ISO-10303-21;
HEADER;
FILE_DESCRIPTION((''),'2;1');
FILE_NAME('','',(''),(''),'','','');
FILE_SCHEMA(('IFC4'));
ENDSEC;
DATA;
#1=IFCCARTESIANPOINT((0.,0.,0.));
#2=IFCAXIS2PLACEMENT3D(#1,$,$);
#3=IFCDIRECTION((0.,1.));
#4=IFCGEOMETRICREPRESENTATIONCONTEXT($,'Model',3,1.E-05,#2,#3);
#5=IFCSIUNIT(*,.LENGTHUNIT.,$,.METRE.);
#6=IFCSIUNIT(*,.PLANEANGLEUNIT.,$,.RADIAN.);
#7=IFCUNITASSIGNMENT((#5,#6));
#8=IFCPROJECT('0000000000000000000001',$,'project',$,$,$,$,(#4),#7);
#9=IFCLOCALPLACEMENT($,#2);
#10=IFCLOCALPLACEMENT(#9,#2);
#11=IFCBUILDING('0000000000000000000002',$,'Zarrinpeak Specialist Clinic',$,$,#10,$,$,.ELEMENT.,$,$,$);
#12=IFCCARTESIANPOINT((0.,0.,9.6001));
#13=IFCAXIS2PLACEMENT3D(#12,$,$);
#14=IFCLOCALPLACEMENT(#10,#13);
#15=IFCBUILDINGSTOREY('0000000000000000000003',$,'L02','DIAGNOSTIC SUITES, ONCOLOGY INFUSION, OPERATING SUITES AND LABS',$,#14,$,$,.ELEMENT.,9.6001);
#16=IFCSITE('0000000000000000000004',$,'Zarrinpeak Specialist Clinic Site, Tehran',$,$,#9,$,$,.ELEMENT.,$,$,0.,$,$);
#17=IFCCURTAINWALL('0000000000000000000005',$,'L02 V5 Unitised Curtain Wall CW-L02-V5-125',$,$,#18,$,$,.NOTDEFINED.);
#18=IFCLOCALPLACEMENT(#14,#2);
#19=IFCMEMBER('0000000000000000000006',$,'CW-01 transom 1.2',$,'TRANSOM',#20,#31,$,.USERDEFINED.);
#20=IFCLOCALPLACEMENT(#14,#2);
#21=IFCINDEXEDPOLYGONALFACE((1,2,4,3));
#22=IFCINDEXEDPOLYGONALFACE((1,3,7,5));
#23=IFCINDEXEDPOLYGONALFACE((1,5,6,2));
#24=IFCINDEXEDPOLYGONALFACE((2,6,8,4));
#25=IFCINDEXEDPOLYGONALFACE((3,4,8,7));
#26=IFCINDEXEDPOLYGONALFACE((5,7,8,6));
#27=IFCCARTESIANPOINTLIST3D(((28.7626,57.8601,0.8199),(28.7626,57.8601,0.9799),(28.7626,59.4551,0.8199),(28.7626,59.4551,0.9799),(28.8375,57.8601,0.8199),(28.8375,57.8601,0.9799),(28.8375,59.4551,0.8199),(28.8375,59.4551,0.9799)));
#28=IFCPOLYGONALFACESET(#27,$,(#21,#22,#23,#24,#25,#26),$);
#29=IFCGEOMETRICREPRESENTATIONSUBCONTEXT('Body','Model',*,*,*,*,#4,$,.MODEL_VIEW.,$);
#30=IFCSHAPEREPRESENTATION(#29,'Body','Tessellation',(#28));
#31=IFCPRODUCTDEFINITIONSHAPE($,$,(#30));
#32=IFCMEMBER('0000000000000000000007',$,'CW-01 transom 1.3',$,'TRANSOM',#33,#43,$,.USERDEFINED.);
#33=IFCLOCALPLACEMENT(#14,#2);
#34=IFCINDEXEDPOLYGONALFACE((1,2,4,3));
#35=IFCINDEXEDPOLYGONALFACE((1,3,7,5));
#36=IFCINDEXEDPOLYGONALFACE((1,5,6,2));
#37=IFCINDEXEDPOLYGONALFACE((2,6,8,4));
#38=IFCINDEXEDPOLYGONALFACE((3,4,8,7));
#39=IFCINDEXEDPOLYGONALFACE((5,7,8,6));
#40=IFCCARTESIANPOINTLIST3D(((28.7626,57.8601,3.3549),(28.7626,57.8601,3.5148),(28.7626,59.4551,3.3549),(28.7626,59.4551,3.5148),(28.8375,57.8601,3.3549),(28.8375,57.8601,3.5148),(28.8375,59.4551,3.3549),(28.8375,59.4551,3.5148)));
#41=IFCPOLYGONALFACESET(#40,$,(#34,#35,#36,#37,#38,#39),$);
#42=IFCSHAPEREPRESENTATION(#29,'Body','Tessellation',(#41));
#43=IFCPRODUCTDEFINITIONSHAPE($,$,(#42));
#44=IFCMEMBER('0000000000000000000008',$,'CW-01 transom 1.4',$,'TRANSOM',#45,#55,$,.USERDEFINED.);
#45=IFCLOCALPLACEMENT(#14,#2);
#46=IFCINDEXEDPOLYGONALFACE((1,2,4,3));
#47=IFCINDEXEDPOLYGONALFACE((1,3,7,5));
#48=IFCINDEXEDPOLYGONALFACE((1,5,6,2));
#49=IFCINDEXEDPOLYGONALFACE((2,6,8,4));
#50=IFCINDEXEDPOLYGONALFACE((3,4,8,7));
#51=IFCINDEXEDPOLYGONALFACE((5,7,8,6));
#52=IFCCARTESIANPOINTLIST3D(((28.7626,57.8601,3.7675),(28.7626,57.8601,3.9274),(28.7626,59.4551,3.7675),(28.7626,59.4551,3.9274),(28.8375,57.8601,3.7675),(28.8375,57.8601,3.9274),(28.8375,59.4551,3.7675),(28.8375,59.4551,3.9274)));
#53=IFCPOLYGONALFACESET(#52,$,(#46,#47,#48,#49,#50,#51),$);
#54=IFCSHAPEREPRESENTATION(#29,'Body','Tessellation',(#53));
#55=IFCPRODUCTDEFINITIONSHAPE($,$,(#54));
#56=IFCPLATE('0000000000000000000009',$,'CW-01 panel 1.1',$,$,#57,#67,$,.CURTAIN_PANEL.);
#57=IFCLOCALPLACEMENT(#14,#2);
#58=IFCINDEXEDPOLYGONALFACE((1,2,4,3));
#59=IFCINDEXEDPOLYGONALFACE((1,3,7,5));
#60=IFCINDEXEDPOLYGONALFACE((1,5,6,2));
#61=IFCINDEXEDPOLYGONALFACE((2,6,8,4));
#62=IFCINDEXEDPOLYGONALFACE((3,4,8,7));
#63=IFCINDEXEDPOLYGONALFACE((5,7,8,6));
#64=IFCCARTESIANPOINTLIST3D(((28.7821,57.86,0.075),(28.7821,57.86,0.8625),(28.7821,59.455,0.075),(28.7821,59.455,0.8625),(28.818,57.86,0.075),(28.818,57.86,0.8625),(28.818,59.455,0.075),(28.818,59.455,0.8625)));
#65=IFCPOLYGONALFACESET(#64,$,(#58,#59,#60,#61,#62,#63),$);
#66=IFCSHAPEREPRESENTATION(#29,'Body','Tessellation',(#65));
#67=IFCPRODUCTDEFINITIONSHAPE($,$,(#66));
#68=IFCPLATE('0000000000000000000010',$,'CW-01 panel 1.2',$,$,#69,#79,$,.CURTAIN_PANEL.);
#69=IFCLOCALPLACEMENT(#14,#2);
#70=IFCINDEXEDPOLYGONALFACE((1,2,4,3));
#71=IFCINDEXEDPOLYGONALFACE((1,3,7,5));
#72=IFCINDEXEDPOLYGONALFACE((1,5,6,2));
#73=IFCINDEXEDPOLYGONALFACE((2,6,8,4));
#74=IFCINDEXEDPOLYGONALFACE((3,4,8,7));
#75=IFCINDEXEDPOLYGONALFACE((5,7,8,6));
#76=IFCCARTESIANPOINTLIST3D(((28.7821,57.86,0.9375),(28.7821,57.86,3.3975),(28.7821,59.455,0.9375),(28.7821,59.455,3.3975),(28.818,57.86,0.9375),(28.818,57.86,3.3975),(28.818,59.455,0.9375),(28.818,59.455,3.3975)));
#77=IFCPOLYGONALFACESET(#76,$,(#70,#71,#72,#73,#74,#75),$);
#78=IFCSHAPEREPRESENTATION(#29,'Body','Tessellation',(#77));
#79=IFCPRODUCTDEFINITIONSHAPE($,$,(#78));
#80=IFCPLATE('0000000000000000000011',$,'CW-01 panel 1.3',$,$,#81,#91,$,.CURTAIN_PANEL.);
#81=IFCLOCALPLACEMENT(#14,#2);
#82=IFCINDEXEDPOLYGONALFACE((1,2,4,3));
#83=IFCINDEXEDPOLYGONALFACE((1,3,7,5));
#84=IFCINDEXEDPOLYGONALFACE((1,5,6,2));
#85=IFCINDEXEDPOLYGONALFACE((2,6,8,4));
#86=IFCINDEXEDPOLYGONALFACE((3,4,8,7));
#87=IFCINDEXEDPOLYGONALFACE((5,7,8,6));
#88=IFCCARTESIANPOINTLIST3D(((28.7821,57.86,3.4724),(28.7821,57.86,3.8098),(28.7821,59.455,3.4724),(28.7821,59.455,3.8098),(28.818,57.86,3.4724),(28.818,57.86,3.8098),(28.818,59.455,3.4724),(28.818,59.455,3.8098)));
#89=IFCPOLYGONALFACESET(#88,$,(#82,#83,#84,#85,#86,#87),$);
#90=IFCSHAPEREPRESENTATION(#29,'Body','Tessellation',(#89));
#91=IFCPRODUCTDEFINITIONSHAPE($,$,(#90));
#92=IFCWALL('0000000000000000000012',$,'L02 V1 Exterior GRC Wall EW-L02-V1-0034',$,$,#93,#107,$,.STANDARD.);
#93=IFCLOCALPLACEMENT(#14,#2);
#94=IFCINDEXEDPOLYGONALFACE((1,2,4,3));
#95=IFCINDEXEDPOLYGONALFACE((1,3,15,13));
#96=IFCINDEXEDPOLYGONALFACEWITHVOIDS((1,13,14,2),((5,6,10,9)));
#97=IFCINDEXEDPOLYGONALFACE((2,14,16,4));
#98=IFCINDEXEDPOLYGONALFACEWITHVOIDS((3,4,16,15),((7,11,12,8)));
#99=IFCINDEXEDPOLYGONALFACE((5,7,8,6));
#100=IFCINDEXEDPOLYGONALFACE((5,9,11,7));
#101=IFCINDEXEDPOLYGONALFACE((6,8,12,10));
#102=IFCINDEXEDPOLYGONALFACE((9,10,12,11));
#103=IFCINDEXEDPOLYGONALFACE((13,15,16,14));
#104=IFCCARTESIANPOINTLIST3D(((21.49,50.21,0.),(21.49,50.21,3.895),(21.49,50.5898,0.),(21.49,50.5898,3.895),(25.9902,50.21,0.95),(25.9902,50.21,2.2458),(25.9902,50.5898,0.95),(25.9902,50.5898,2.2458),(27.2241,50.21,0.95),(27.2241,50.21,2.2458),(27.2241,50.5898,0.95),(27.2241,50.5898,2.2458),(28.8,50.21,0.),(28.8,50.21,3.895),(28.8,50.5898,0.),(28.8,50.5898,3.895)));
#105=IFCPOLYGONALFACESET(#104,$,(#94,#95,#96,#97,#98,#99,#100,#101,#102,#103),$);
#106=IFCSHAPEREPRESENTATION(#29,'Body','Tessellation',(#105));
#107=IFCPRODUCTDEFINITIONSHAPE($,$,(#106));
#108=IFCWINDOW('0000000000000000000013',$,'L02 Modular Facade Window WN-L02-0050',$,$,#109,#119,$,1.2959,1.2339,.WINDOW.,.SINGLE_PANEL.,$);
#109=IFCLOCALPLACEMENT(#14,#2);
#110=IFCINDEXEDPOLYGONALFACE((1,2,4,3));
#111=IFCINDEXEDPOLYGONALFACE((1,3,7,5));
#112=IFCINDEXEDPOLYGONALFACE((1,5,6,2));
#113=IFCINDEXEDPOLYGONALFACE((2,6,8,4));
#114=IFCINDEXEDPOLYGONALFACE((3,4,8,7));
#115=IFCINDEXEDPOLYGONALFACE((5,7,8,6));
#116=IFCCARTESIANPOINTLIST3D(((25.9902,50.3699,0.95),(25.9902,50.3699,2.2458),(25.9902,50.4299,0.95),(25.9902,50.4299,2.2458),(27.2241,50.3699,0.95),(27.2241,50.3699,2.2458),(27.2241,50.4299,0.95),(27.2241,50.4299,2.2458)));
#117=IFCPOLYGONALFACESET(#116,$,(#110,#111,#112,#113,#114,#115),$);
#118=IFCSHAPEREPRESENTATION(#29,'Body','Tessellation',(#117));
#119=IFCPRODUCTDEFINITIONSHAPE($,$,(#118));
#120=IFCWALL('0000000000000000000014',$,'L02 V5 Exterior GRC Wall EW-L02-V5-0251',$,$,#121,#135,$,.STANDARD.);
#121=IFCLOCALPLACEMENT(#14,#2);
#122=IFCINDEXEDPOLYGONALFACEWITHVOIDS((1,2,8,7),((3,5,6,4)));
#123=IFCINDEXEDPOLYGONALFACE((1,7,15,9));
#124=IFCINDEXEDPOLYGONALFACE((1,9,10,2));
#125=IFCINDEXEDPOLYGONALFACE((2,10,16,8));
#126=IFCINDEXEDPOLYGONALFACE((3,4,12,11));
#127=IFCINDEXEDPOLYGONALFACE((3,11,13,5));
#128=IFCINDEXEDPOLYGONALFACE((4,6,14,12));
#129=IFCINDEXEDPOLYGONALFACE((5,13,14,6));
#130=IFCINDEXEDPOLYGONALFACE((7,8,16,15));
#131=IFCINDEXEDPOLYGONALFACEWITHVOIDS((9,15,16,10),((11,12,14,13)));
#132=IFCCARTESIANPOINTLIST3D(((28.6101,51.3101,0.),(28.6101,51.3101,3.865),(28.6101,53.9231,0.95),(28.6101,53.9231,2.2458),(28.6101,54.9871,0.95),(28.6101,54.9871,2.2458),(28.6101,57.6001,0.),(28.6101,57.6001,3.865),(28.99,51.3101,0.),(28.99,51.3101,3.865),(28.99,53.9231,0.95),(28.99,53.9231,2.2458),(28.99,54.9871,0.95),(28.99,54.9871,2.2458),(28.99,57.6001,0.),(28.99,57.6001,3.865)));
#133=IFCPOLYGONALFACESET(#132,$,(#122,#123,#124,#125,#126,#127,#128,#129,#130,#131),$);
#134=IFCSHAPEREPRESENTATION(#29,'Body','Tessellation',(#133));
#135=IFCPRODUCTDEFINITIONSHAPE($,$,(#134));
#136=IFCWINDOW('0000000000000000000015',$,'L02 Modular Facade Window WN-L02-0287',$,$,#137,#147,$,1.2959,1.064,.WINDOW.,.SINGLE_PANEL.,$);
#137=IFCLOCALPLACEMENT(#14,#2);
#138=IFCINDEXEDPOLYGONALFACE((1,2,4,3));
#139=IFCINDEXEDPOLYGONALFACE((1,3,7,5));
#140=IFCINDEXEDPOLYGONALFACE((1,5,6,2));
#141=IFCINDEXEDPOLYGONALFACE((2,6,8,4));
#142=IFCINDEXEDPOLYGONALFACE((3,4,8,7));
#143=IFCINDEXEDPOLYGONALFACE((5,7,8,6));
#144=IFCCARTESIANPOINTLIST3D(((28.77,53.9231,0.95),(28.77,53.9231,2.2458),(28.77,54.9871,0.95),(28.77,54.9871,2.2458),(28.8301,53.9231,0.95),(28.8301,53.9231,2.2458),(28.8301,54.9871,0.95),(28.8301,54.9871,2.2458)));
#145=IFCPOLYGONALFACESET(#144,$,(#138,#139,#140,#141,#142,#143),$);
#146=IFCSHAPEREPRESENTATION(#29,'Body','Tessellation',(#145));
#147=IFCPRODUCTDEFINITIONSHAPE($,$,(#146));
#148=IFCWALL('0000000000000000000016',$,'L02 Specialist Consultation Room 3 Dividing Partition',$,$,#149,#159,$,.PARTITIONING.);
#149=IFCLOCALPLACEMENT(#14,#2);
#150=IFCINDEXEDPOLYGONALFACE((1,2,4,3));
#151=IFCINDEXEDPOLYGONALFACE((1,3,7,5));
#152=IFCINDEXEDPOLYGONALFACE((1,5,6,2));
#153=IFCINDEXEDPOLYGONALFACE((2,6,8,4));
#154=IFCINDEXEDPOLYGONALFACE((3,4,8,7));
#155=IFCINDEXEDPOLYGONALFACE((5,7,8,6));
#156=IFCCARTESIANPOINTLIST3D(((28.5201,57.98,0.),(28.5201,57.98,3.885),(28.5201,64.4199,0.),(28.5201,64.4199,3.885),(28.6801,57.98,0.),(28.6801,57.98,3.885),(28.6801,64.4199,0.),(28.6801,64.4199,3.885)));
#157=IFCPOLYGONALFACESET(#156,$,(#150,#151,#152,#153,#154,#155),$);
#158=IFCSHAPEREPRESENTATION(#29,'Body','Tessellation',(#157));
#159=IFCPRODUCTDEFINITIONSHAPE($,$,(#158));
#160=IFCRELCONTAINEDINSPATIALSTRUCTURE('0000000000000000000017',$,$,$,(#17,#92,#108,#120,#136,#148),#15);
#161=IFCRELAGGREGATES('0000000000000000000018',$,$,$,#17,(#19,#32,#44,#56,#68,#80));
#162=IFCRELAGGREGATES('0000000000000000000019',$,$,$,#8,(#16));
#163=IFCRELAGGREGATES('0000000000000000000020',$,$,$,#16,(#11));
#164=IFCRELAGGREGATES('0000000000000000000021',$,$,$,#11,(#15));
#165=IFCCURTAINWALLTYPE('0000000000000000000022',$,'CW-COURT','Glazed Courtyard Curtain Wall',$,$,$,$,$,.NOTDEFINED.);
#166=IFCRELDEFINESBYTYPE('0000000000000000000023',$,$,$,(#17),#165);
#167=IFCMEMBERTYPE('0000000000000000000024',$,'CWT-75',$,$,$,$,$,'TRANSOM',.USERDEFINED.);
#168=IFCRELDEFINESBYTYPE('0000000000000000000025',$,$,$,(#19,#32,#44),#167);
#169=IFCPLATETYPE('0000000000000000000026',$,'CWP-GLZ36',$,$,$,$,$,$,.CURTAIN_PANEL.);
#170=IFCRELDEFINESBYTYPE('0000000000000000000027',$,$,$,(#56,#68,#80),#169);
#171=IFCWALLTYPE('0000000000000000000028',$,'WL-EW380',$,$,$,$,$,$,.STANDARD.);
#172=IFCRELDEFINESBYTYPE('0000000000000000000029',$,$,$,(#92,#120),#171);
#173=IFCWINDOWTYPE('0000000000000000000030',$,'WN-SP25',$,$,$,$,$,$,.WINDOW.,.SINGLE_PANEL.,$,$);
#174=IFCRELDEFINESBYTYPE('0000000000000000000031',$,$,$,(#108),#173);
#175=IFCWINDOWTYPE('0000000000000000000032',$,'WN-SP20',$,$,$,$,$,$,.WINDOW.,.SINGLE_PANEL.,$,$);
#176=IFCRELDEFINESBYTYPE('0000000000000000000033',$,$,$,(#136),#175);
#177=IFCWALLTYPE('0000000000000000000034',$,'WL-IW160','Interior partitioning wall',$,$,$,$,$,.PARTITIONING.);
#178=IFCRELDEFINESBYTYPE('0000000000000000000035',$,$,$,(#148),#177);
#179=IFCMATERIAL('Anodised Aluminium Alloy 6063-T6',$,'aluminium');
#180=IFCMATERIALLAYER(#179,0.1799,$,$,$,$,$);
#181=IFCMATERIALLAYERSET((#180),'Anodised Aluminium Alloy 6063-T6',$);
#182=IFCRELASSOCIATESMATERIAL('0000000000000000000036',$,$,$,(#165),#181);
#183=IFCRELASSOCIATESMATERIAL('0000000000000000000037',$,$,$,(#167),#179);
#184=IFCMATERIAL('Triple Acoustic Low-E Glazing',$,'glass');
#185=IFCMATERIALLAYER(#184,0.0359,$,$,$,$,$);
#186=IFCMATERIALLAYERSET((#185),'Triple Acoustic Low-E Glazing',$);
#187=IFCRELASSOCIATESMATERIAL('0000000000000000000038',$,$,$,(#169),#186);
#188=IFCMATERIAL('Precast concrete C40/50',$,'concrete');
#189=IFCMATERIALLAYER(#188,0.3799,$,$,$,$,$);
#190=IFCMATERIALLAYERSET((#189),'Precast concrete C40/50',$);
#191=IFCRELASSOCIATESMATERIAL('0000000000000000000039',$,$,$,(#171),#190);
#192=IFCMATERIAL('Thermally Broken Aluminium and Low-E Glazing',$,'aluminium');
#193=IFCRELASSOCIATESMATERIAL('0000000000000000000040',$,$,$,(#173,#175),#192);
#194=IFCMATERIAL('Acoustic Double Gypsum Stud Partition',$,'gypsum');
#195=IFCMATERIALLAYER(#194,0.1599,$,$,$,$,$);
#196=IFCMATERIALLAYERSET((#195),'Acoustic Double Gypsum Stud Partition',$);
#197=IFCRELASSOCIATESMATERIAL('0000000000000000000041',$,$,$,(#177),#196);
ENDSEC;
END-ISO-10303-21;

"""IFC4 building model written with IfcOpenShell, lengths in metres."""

from ifc_helpers import new_model, si_unit, direction, frame, frame_2d, origin, origin_2d, place, context, subcontext, project, spatial, rectangle, extrude, material, layer, layer_set, material_profile, profile_set, type_object, element, fill, aggregate, save


model = new_model("IFC4")

# Units and contexts
model_context = context("Model", 3, precision=1e-05, world=origin(), true_north=direction((0.0, 1.0)))
body_context = subcontext(model_context, "Body", "Model", "MODEL_VIEW")
ifc_project = project(units=[si_unit("LENGTHUNIT", "METRE"), si_unit("PLANEANGLEUNIT", "RADIAN")], contexts=[model_context])

# Site, building, storey
site_placement = place(None, origin())
site = spatial("IfcSite", under=ifc_project, at=site_placement, Name="Zarrinpeak Specialist Clinic Site, Tehran", CompositionType="ELEMENT", RefElevation=0.0)
building_placement = place(site_placement, origin())
building = spatial("IfcBuilding", under=site, at=building_placement, Name="Zarrinpeak Specialist Clinic", CompositionType="ELEMENT")
storey_placement = place(building_placement, frame((0.0, 0.0, 9.6001)))
storey = spatial("IfcBuildingStorey", under=building, at=storey_placement, Name="L02", Description="DIAGNOSTIC SUITES, ONCOLOGY INFUSION, OPERATING SUITES AND LABS", CompositionType="ELEMENT", Elevation=9.6001)

# Curtain wall, members, plates
ifc_material_1 = material(Name="Anodised Aluminium Alloy 6063-T6", Category="aluminium")
ifc_layer_1 = layer(ifc_material_1, 0.1799)
ifc_layer_set_1 = layer_set([ifc_layer_1], Name="Anodised Aluminium Alloy 6063-T6")
curtain_wall_type = type_object("IfcCurtainWallType", Name="CW-COURT", Description="Glazed Courtyard Curtain Wall", PredefinedType="NOTDEFINED", material=ifc_layer_set_1)
curtain_wall_placement = place(storey_placement, origin())
curtain_wall = element("IfcCurtainWall", 1, at=curtain_wall_placement, inside=storey, type_object=curtain_wall_type, Name="L02 V5 Unitised Curtain Wall CW-L02-V5-125", PredefinedType="NOTDEFINED")
ifc_material_profile_1 = material_profile(ifc_material_1, rectangle(XDim=0.075, YDim=0.1599, at=origin_2d()), Name="ALU 75x160")
ifc_profile_set_1 = profile_set([ifc_material_profile_1], Name="Anodised Aluminium Alloy 6063-T6")
member_type_1 = type_object("IfcMemberType", Name="CWT-75", ElementType="TRANSOM", PredefinedType="USERDEFINED", material=ifc_profile_set_1)
member_1_placement = place(storey_placement, frame((28.8, 57.8601, 0.8999), z_axis=(0.0, 1.0, 0.0), x_axis=(-1.0, 0.0, 0.0)))
member_1 = element("IfcMember", 2, at=member_1_placement, type_object=member_type_1, Name="CW-01 transom 1.2", ObjectType="TRANSOM", PredefinedType="USERDEFINED", context=body_context, shape_type="SweptSolid", body=[
    extrude(rectangle(XDim=0.075, YDim=0.1599, at=origin_2d()), origin(), (0.0, 0.0, 1.0), 1.595),
])
member_2_placement = place(storey_placement, frame((28.8, 57.8601, 3.4348), z_axis=(0.0, 1.0, 0.0), x_axis=(-1.0, 0.0, 0.0)))
member_2 = element("IfcMember", 3, at=member_2_placement, type_object=member_type_1, Name="CW-01 transom 1.3", ObjectType="TRANSOM", PredefinedType="USERDEFINED", context=body_context, shape_type="SweptSolid", body=[
    extrude(rectangle(XDim=0.075, YDim=0.1599, at=origin_2d()), origin(), (0.0, 0.0, 1.0), 1.595),
])
member_3_placement = place(storey_placement, frame((28.8, 57.8601, 3.8474), z_axis=(0.0, 1.0, 0.0), x_axis=(-1.0, 0.0, 0.0)))
member_3 = element("IfcMember", 4, at=member_3_placement, type_object=member_type_1, Name="CW-01 transom 1.4", ObjectType="TRANSOM", PredefinedType="USERDEFINED", context=body_context, shape_type="SweptSolid", body=[
    extrude(rectangle(XDim=0.075, YDim=0.1599, at=origin_2d()), origin(), (0.0, 0.0, 1.0), 1.595),
])
ifc_material_2 = material(Name="Triple Acoustic Low-E Glazing", Category="glass")
ifc_layer_2 = layer(ifc_material_2, 0.0359)
ifc_layer_set_2 = layer_set([ifc_layer_2], Name="Triple Acoustic Low-E Glazing")
plate_type = type_object("IfcPlateType", Name="CWP-GLZ36", PredefinedType="CURTAIN_PANEL", material=ifc_layer_set_2)
plate_1_placement = place(storey_placement, frame((28.8, 58.6575, 0.075), z_axis=(0.0, 0.0, 1.0), x_axis=(0.0, 1.0, 0.0)))
plate_1 = element("IfcPlate", 5, at=plate_1_placement, type_object=plate_type, Name="CW-01 panel 1.1", PredefinedType="CURTAIN_PANEL", context=body_context, shape_type="SweptSolid", body=[
    extrude(rectangle(XDim=1.595, YDim=0.0359, at=origin_2d()), origin(), (0.0, 0.0, 1.0), 0.7876),
])
plate_2_placement = place(storey_placement, frame((28.8, 58.6575, 0.9375), z_axis=(0.0, 0.0, 1.0), x_axis=(0.0, 1.0, 0.0)))
plate_2 = element("IfcPlate", 6, at=plate_2_placement, type_object=plate_type, Name="CW-01 panel 1.2", PredefinedType="CURTAIN_PANEL", context=body_context, shape_type="SweptSolid", body=[
    extrude(rectangle(XDim=1.595, YDim=0.0359, at=origin_2d()), origin(), (0.0, 0.0, 1.0), 2.46),
])
plate_3_placement = place(storey_placement, frame((28.8, 58.6575, 3.4724), z_axis=(0.0, 0.0, 1.0), x_axis=(0.0, 1.0, 0.0)))
plate_3 = element("IfcPlate", 7, at=plate_3_placement, type_object=plate_type, Name="CW-01 panel 1.3", PredefinedType="CURTAIN_PANEL", context=body_context, shape_type="SweptSolid", body=[
    extrude(rectangle(XDim=1.595, YDim=0.0359, at=origin_2d()), origin(), (0.0, 0.0, 1.0), 0.3374),
])
aggregate(curtain_wall, [member_1, member_2, member_3, plate_1, plate_2, plate_3])

# Walls, openings, windows
ifc_material_3 = material(Name="Precast concrete C40/50", Category="concrete")
ifc_layer_3 = layer(ifc_material_3, 0.3799)
ifc_layer_set_3 = layer_set([ifc_layer_3], Name="Precast concrete C40/50")
wall_type_1 = type_object("IfcWallType", Name="WL-EW380", PredefinedType="STANDARD", material=ifc_layer_set_3)
wall_1_placement = place(storey_placement, frame((28.8, 50.3999, 0.0), z_axis=(0.0, 0.0, 1.0), x_axis=(-1.0, 0.0, 0.0)))
wall_1 = element("IfcWall", 8, at=wall_1_placement, inside=storey, type_object=wall_type_1, Name="L02 V1 Exterior GRC Wall EW-L02-V1-0034", PredefinedType="STANDARD", context=body_context, shape_type="SweptSolid", body=[
    extrude(rectangle(XDim=7.3101, YDim=0.3799, at=frame_2d((3.655, 0.0))), origin(), (0.0, 0.0, 1.0), 3.895),
])
opening_1_placement = place(wall_1_placement, frame((1.5759, 0.0, 0.95)))
opening_1 = element("IfcOpeningElement", 9, at=opening_1_placement, cuts=wall_1, PredefinedType="OPENING", context=body_context, shape_type="SweptSolid", body=[
    extrude(rectangle(XDim=1.2339, YDim=1.2959, at=frame_2d((0.6169, 0.6479))), frame((0.0, 0.2, 0.0), z_axis=(0.0, -1.0, 0.0), x_axis=(1.0, 0.0, 0.0)), (0.0, 0.0, 1.0), 0.3999),
])
ifc_material_4 = material(Name="Thermally Broken Aluminium and Low-E Glazing", Category="aluminium")
window_type_1 = type_object("IfcWindowType", Name="WN-SP25", PartitioningType="SINGLE_PANEL", PredefinedType="WINDOW", material=ifc_material_4)
window_1_placement = place(opening_1_placement, origin())
window_1 = element("IfcWindow", 10, at=window_1_placement, inside=storey, type_object=window_type_1, Name="L02 Modular Facade Window WN-L02-0050", OverallHeight=1.2959, OverallWidth=1.2339, PartitioningType="SINGLE_PANEL", PredefinedType="WINDOW", context=body_context, shape_type="SweptSolid", body=[
    extrude(rectangle(XDim=1.2339, YDim=1.2959, at=frame_2d((0.6169, 0.6479))), frame((0.0, 0.03, 0.0), z_axis=(0.0, -1.0, 0.0), x_axis=(1.0, 0.0, 0.0)), (0.0, 0.0, 1.0), 0.0601),
])
fill(opening_1, window_1)
wall_2_placement = place(storey_placement, frame((28.8, 51.3101, 0.0), z_axis=(0.0, 0.0, 1.0), x_axis=(0.0, 1.0, 0.0)))
wall_2 = element("IfcWall", 11, at=wall_2_placement, inside=storey, type_object=wall_type_1, Name="L02 V5 Exterior GRC Wall EW-L02-V5-0251", PredefinedType="STANDARD", context=body_context, shape_type="SweptSolid", body=[
    extrude(rectangle(XDim=6.29, YDim=0.3799, at=frame_2d((3.145, 0.0))), origin(), (0.0, 0.0, 1.0), 3.865),
])
opening_2_placement = place(wall_2_placement, frame((2.613, 0.0, 0.95)))
opening_2 = element("IfcOpeningElement", 12, at=opening_2_placement, cuts=wall_2, PredefinedType="OPENING", context=body_context, shape_type="SweptSolid", body=[
    extrude(rectangle(XDim=1.064, YDim=1.2959, at=frame_2d((0.532, 0.6479))), frame((0.0, 0.2, 0.0), z_axis=(0.0, -1.0, 0.0), x_axis=(1.0, 0.0, 0.0)), (0.0, 0.0, 1.0), 0.3999),
])
window_type_2 = type_object("IfcWindowType", Name="WN-SP20", PartitioningType="SINGLE_PANEL", PredefinedType="WINDOW", material=ifc_material_4)
window_2_placement = place(opening_2_placement, origin())
window_2 = element("IfcWindow", 13, at=window_2_placement, inside=storey, type_object=window_type_2, Name="L02 Modular Facade Window WN-L02-0287", OverallHeight=1.2959, OverallWidth=1.064, PartitioningType="SINGLE_PANEL", PredefinedType="WINDOW", context=body_context, shape_type="SweptSolid", body=[
    extrude(rectangle(XDim=1.064, YDim=1.2959, at=frame_2d((0.532, 0.6479))), frame((0.0, 0.03, 0.0), z_axis=(0.0, -1.0, 0.0), x_axis=(1.0, 0.0, 0.0)), (0.0, 0.0, 1.0), 0.0601),
])
fill(opening_2, window_2)

# Wall
ifc_material_5 = material(Name="Acoustic Double Gypsum Stud Partition", Category="gypsum")
ifc_layer_4 = layer(ifc_material_5, 0.1599)
ifc_layer_set_4 = layer_set([ifc_layer_4], Name="Acoustic Double Gypsum Stud Partition")
wall_type_2 = type_object("IfcWallType", Name="WL-IW160", Description="Interior partitioning wall", PredefinedType="PARTITIONING", material=ifc_layer_set_4)
wall_3_placement = place(storey_placement, frame((28.6001, 57.98, 0.0), z_axis=(0.0, 0.0, 1.0), x_axis=(0.0, 1.0, 0.0)))
element("IfcWall", 14, at=wall_3_placement, inside=storey, type_object=wall_type_2, Name="L02 Specialist Consultation Room 3 Dividing Partition", PredefinedType="PARTITIONING", context=body_context, shape_type="SweptSolid", body=[
    extrude(rectangle(XDim=6.4399, YDim=0.1599, at=frame_2d((3.22, 0.0))), origin(), (0.0, 0.0, 1.0), 3.885),
])

save(model, "model.ifc")
